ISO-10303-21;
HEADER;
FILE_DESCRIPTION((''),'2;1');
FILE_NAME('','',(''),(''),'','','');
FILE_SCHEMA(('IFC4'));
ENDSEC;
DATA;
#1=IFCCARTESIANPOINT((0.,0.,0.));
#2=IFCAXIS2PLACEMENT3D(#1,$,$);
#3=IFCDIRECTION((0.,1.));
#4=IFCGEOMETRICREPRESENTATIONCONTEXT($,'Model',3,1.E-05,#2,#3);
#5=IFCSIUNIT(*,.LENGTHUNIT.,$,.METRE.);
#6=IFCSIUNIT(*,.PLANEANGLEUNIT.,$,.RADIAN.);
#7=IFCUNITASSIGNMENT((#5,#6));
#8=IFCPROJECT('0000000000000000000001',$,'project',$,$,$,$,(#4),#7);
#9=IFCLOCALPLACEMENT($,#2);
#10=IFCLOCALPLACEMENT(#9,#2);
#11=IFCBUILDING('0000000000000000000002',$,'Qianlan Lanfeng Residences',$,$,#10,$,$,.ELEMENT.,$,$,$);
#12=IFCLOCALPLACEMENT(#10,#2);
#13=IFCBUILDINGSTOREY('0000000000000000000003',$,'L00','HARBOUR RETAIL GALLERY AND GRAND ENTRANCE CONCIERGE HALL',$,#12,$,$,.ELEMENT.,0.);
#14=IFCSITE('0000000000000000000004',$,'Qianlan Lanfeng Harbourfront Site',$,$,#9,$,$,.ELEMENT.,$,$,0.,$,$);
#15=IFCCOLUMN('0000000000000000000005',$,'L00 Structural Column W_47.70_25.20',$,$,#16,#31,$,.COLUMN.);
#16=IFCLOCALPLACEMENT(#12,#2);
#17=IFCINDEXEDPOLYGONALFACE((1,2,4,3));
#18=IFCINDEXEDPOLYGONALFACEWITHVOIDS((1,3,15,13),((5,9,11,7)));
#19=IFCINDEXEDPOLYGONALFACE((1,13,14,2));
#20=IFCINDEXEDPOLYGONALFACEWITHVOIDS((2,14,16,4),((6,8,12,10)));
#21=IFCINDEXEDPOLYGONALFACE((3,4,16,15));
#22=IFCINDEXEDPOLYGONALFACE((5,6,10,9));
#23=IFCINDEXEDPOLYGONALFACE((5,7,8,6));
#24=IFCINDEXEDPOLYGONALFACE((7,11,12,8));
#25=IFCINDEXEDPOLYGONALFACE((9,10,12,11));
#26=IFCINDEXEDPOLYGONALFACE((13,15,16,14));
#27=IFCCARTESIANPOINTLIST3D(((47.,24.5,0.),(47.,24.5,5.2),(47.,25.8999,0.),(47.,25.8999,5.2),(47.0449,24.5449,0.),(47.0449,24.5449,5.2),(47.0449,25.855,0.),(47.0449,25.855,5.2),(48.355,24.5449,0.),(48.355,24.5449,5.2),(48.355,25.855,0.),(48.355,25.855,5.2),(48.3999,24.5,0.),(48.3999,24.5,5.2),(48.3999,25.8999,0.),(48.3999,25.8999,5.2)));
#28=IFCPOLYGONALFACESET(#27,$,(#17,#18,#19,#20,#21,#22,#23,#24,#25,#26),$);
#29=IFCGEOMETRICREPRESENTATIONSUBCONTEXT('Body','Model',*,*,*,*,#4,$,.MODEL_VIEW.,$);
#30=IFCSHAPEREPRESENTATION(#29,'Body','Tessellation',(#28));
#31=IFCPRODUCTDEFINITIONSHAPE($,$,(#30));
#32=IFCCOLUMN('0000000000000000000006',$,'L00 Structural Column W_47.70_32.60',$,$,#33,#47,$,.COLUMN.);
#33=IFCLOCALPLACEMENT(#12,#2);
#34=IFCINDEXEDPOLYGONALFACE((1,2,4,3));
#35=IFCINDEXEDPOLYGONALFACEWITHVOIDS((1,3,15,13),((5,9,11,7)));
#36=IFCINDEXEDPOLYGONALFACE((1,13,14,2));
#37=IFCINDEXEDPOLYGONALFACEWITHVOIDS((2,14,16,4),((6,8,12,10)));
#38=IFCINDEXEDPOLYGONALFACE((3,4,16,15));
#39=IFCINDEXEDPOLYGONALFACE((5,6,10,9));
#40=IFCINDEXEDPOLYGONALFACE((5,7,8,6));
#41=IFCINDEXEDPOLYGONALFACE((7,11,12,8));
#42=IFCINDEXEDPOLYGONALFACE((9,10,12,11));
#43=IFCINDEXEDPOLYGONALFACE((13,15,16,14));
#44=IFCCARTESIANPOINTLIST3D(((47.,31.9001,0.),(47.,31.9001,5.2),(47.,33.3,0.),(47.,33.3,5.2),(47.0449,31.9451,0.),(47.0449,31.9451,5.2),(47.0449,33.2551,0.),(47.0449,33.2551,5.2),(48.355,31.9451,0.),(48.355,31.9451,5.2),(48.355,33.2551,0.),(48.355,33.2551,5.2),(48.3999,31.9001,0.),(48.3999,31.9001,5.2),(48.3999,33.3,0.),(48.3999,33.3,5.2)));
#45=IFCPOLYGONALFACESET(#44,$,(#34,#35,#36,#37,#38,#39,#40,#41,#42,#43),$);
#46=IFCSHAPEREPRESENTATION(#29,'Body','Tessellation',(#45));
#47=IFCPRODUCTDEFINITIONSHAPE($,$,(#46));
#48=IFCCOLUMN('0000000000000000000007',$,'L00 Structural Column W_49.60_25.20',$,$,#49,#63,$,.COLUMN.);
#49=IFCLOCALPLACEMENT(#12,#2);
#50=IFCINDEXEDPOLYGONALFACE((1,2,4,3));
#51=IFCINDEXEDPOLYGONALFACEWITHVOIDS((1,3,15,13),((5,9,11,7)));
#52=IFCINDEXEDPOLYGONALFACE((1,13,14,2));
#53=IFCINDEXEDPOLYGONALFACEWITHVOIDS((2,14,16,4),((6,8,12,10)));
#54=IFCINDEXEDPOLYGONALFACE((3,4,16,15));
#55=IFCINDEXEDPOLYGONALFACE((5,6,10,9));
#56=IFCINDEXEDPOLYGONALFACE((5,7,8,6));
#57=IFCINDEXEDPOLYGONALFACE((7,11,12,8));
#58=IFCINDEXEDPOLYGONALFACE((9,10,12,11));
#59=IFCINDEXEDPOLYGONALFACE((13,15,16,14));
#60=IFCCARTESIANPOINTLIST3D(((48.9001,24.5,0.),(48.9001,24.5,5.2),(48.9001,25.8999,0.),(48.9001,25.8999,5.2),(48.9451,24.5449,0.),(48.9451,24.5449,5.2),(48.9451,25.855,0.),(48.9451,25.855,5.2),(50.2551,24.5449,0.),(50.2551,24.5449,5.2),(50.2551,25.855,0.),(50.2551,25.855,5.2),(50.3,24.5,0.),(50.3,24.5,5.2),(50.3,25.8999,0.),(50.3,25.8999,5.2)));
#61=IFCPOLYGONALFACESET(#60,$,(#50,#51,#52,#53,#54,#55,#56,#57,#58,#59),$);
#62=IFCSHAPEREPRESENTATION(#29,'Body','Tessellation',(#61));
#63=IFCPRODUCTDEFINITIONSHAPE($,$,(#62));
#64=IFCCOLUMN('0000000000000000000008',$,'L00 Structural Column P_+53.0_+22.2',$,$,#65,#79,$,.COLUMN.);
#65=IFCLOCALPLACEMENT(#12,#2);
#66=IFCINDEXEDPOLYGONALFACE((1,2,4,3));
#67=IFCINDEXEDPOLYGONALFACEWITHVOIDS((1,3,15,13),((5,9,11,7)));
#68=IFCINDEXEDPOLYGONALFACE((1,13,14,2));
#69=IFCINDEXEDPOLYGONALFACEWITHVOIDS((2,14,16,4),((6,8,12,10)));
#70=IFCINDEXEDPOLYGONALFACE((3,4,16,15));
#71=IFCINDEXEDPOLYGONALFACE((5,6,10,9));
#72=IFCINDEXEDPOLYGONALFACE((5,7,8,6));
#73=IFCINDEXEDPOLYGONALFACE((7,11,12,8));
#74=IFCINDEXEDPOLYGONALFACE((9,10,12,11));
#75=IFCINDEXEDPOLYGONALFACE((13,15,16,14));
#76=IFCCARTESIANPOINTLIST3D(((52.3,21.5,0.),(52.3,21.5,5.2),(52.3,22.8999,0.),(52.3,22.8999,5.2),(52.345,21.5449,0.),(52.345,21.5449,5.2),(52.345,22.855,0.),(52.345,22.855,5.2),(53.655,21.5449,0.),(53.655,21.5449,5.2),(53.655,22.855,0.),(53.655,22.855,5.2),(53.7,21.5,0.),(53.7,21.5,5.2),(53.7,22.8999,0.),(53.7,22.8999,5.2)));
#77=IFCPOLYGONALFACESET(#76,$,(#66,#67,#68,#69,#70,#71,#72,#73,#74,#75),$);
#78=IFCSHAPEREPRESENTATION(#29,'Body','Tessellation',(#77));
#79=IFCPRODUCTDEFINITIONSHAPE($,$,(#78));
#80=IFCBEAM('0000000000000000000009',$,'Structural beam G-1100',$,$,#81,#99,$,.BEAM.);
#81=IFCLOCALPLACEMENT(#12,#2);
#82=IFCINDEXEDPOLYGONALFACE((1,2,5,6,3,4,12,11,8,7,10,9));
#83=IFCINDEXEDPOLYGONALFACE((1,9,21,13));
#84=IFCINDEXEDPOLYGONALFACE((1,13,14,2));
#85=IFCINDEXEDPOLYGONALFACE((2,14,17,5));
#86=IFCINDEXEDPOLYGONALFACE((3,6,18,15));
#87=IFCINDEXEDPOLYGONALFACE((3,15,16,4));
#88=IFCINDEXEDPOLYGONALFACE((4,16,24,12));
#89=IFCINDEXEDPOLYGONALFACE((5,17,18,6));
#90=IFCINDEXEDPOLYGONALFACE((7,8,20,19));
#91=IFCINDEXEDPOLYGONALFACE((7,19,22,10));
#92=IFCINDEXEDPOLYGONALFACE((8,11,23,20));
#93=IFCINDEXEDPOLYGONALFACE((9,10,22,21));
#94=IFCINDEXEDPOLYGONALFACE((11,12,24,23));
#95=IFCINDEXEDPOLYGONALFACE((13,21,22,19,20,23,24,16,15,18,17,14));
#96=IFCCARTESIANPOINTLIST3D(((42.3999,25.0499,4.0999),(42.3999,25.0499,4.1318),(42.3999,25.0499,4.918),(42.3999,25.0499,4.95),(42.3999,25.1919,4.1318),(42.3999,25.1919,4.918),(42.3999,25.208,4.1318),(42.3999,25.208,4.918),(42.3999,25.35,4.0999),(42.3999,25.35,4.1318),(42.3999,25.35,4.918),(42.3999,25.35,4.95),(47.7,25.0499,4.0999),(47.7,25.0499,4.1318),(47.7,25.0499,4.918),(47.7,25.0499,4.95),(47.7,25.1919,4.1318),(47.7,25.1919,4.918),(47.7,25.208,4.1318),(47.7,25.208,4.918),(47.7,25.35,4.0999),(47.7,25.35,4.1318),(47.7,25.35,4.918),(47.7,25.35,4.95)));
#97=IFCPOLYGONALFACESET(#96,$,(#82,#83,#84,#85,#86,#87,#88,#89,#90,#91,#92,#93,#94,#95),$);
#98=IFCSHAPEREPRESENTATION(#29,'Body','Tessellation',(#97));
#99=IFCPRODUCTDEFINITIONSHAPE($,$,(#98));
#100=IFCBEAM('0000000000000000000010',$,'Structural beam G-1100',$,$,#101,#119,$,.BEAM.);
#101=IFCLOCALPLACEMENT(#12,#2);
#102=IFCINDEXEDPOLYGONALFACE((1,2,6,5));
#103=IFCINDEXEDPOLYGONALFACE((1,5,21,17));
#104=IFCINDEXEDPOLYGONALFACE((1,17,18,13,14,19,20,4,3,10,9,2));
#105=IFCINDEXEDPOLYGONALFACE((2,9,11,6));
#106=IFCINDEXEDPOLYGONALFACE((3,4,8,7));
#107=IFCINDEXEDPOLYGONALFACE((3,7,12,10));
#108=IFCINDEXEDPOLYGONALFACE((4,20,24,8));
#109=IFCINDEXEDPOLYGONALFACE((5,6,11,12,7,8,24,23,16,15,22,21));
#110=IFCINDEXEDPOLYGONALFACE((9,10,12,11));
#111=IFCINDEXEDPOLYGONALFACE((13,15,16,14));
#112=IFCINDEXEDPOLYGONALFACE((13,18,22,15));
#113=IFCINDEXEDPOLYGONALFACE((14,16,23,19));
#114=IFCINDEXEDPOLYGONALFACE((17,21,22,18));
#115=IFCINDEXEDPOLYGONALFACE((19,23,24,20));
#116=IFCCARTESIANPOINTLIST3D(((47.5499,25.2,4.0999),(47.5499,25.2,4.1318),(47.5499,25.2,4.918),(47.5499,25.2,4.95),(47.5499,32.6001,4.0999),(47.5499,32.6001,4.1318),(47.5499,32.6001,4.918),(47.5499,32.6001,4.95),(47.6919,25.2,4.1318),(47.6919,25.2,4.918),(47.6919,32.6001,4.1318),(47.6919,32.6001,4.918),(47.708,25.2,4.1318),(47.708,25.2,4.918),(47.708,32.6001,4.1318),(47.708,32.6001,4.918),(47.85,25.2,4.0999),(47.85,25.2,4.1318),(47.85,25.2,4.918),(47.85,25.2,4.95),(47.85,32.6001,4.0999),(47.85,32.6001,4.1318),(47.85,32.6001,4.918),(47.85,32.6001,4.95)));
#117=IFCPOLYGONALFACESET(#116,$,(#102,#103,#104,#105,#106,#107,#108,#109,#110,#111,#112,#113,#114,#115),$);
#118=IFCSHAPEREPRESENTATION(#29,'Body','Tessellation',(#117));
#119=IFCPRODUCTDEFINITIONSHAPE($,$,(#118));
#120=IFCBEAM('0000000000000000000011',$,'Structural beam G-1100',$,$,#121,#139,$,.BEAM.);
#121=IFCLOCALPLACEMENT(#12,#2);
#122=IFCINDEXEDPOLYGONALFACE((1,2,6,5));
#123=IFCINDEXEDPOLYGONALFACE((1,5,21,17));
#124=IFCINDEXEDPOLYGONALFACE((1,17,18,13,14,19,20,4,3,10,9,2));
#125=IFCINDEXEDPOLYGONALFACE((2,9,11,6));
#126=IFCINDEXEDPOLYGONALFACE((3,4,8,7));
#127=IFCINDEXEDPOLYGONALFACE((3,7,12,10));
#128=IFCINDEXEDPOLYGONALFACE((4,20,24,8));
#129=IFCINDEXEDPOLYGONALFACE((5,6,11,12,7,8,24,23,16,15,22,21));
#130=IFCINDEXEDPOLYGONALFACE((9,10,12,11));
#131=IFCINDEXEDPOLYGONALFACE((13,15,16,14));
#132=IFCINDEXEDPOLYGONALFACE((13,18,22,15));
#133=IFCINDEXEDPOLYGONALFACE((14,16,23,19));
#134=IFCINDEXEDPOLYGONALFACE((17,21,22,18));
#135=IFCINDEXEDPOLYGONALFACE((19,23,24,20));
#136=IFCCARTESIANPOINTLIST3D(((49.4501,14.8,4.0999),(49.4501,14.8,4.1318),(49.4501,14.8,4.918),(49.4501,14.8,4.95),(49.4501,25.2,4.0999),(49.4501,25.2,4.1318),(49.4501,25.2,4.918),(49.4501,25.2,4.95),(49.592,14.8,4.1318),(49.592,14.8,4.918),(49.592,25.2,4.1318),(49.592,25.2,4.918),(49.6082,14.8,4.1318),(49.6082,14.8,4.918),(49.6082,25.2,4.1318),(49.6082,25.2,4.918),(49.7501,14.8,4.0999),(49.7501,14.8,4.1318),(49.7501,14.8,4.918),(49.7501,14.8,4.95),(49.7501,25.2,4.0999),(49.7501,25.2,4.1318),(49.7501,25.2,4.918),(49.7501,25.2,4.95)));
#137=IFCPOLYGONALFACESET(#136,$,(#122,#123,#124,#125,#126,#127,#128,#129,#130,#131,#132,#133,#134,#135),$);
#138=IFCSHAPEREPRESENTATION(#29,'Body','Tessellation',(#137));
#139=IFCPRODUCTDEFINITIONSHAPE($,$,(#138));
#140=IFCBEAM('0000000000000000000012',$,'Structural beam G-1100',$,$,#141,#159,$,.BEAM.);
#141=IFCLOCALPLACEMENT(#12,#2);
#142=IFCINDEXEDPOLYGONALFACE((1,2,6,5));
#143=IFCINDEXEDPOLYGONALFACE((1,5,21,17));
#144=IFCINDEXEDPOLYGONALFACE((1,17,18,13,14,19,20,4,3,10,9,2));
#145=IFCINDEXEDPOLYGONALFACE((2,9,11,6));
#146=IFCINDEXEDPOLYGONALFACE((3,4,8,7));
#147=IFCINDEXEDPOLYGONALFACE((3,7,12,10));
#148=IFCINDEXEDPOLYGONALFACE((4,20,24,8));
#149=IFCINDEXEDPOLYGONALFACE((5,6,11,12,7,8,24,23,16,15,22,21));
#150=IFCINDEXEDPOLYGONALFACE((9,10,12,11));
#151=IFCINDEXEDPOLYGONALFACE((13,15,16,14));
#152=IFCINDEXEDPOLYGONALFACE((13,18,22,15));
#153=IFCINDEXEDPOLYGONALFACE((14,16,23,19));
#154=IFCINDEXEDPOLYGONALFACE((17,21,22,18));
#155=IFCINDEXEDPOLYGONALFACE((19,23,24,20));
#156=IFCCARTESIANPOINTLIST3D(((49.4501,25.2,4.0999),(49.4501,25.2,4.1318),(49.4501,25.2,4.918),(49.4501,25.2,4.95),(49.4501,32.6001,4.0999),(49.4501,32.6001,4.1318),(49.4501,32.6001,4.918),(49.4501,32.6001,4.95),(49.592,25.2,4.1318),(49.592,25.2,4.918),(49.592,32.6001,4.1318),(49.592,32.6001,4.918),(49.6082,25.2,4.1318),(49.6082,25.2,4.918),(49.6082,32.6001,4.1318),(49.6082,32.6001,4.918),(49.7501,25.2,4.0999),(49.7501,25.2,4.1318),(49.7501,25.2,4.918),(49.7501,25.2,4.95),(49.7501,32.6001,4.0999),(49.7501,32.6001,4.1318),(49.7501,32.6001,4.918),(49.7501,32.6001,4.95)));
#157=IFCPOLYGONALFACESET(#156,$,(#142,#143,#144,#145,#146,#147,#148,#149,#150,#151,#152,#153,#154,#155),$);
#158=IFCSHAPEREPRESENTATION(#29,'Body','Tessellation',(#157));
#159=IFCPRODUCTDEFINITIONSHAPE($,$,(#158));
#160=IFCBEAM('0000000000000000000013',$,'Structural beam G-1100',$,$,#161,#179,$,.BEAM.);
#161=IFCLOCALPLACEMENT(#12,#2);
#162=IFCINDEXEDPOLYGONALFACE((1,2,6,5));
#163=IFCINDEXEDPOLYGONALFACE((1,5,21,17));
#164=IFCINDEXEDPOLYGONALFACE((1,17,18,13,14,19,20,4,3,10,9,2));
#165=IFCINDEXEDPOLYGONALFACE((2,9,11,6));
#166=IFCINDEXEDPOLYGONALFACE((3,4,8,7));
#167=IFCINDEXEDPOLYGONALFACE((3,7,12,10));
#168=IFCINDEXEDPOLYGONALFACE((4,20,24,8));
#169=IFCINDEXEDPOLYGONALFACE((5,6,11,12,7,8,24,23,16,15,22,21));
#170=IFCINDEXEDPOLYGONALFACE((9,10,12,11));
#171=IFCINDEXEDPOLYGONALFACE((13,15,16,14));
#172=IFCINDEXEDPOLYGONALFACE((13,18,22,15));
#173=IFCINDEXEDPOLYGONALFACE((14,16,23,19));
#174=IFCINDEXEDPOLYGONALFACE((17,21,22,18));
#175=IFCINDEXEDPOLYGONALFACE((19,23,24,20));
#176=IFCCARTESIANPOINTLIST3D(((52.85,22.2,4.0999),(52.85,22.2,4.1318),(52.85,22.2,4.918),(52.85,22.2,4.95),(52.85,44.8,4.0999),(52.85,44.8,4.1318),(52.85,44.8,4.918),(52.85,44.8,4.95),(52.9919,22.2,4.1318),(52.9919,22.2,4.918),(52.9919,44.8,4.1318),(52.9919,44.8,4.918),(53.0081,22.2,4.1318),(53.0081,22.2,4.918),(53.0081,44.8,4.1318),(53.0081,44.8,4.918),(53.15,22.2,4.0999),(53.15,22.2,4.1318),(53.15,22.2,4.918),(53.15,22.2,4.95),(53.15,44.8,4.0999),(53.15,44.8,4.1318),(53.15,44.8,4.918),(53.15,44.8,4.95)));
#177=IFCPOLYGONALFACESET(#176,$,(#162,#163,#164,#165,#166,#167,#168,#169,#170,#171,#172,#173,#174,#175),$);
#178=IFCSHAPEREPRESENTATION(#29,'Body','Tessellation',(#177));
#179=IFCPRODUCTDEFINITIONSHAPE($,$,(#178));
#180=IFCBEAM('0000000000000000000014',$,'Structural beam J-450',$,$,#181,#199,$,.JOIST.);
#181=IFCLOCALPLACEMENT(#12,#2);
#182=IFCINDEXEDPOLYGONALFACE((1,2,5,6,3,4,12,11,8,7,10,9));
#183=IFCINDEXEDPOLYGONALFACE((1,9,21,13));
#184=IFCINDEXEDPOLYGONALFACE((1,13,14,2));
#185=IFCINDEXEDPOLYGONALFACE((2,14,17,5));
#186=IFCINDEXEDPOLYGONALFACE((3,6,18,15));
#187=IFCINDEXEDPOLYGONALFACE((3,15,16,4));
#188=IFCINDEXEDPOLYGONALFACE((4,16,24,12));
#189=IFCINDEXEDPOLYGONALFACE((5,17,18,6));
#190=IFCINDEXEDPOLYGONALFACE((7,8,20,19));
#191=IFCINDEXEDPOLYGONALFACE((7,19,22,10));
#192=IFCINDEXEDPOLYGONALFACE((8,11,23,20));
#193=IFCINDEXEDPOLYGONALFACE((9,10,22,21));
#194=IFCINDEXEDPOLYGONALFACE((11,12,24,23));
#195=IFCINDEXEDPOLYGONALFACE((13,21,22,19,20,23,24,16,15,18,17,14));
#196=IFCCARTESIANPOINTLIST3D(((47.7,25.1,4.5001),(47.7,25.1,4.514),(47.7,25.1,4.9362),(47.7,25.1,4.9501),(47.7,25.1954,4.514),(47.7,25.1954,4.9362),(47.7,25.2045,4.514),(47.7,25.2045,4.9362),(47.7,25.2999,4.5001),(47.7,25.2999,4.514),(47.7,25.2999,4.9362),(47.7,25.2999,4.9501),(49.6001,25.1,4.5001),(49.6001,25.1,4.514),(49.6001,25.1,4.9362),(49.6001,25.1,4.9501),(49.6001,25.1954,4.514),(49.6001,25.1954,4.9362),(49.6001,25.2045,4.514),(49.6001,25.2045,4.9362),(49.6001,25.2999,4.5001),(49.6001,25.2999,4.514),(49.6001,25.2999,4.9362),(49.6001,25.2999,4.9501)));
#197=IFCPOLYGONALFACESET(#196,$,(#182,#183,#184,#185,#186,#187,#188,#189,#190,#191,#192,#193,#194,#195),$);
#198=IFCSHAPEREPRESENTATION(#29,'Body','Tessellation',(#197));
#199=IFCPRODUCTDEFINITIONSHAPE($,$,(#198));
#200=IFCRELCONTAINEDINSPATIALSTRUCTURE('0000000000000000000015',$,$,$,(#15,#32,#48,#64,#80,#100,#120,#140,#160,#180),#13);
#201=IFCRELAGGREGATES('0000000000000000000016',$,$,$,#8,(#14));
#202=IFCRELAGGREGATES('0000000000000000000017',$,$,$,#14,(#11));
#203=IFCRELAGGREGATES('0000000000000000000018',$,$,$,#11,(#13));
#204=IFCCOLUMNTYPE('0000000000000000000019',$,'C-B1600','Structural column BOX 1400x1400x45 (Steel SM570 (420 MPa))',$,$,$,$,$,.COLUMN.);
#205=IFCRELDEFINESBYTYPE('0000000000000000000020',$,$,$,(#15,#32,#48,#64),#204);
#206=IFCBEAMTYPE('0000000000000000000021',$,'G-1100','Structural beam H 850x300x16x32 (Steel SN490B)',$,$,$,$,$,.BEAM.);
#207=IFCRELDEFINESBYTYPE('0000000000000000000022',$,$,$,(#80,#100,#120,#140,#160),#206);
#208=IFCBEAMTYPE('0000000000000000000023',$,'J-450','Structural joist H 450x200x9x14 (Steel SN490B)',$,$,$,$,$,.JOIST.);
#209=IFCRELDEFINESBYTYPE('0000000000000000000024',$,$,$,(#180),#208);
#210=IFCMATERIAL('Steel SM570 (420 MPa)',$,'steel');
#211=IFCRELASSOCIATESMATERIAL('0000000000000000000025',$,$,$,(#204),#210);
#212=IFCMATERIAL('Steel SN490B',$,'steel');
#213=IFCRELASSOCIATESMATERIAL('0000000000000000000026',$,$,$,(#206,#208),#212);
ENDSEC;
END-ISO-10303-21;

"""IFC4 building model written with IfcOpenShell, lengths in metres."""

from ifc_helpers import new_model, si_unit, direction, frame, origin, origin_2d, place, context, subcontext, project, spatial, hollow_rectangle, i_section, extrude, material, material_profile, profile_set, type_object, element, save


model = new_model("IFC4")

# Units and contexts
model_context = context("Model", 3, precision=1e-05, world=origin(), true_north=direction((0.0, 1.0)))
body_context = subcontext(model_context, "Body", "Model", "MODEL_VIEW")
ifc_project = project(units=[si_unit("LENGTHUNIT", "METRE"), si_unit("PLANEANGLEUNIT", "RADIAN")], contexts=[model_context])

# Site, building, storey
site_placement = place(None, origin())
site = spatial("IfcSite", under=ifc_project, at=site_placement, Name="Qianlan Lanfeng Harbourfront Site", CompositionType="ELEMENT", RefElevation=0.0)
building_placement = place(site_placement, origin())
building = spatial("IfcBuilding", under=site, at=building_placement, Name="Qianlan Lanfeng Residences", CompositionType="ELEMENT")
storey_placement = place(building_placement, origin())
storey = spatial("IfcBuildingStorey", under=building, at=storey_placement, Name="L00", Description="HARBOUR RETAIL GALLERY AND GRAND ENTRANCE CONCIERGE HALL", CompositionType="ELEMENT", Elevation=0.0)

# Columns
ifc_material_1 = material(Name="Steel SM570 (420 MPa)", Category="steel")
ifc_material_profile_1 = material_profile(ifc_material_1, hollow_rectangle(XDim=1.3999, YDim=1.3999, WallThickness=0.0449, at=origin_2d()), Name="BOX 1400x1400x45")
ifc_profile_set_1 = profile_set([ifc_material_profile_1], Name="Steel SM570 (420 MPa)")
column_type = type_object("IfcColumnType", Name="C-B1600", Description="Structural column BOX 1400x1400x45 (Steel SM570 (420 MPa))", PredefinedType="COLUMN", material=ifc_profile_set_1)
for number, where, z_axis, x_axis, name in (
    (1, (47.7, 25.2, 0.0), (0.0, 0.0, 1.0), (1.0, 0.0, 0.0), "L00 Structural Column W_47.70_25.20"),
    (2, (47.7, 32.6001, 0.0), (0.0, 0.0, 1.0), (1.0, 0.0, 0.0), "L00 Structural Column W_47.70_32.60"),
    (3, (49.6001, 25.2, 0.0), (0.0, 0.0, 1.0), (1.0, 0.0, 0.0), "L00 Structural Column W_49.60_25.20"),
    (4, (53.0, 22.2, 0.0), (0.0, 0.0, 1.0), (1.0, 0.0, 0.0), "L00 Structural Column P_+53.0_+22.2"),
):
    element("IfcColumn", number, at=place(storey_placement, frame(where, z_axis=z_axis, x_axis=x_axis)), inside=storey, type_object=column_type, Name=name, PredefinedType="COLUMN", context=body_context, shape_type="SweptSolid", body=[
        extrude(hollow_rectangle(XDim=1.3999, YDim=1.3999, WallThickness=0.0449, at=origin_2d()), origin(), (0.0, 0.0, 1.0), 5.2),
    ])

# Beams
ifc_material_2 = material(Name="Steel SN490B", Category="steel")
ifc_material_profile_2 = material_profile(ifc_material_2, i_section(OverallWidth=0.3, OverallDepth=0.8501, WebThickness=0.0161, FlangeThickness=0.032, at=origin_2d()), Name="H 850x300x16x32")
ifc_profile_set_2 = profile_set([ifc_material_profile_2], Name="Steel SN490B")
beam_type_1 = type_object("IfcBeamType", Name="G-1100", Description="Structural beam H 850x300x16x32 (Steel SN490B)", PredefinedType="BEAM", material=ifc_profile_set_2)
beam_1_placement = place(storey_placement, frame((42.3999, 25.2, 4.5249), z_axis=(1.0, 0.0, 0.0), x_axis=(0.0, 1.0, 0.0)))
element("IfcBeam", 5, at=beam_1_placement, inside=storey, type_object=beam_type_1, Name="Structural beam G-1100", PredefinedType="BEAM", context=body_context, shape_type="SweptSolid", body=[
    extrude(i_section(OverallWidth=0.3, OverallDepth=0.8501, WebThickness=0.0161, FlangeThickness=0.032, at=origin_2d()), origin(), (0.0, 0.0, 1.0), 5.3),
])
beam_2_placement = place(storey_placement, frame((47.7, 25.2, 4.5249), z_axis=(0.0, 1.0, 0.0), x_axis=(-1.0, 0.0, 0.0)))
element("IfcBeam", 6, at=beam_2_placement, inside=storey, type_object=beam_type_1, Name="Structural beam G-1100", PredefinedType="BEAM", context=body_context, shape_type="SweptSolid", body=[
    extrude(i_section(OverallWidth=0.3, OverallDepth=0.8501, WebThickness=0.0161, FlangeThickness=0.032, at=origin_2d()), origin(), (0.0, 0.0, 1.0), 7.4001),
])
beam_3_placement = place(storey_placement, frame((49.6001, 14.8, 4.5249), z_axis=(0.0, 1.0, 0.0), x_axis=(-1.0, 0.0, 0.0)))
element("IfcBeam", 7, at=beam_3_placement, inside=storey, type_object=beam_type_1, Name="Structural beam G-1100", PredefinedType="BEAM", context=body_context, shape_type="SweptSolid", body=[
    extrude(i_section(OverallWidth=0.3, OverallDepth=0.8501, WebThickness=0.0161, FlangeThickness=0.032, at=origin_2d()), origin(), (0.0, 0.0, 1.0), 10.3999),
])
beam_4_placement = place(storey_placement, frame((49.6001, 25.2, 4.5249), z_axis=(0.0, 1.0, 0.0), x_axis=(-1.0, 0.0, 0.0)))
element("IfcBeam", 8, at=beam_4_placement, inside=storey, type_object=beam_type_1, Name="Structural beam G-1100", PredefinedType="BEAM", context=body_context, shape_type="SweptSolid", body=[
    extrude(i_section(OverallWidth=0.3, OverallDepth=0.8501, WebThickness=0.0161, FlangeThickness=0.032, at=origin_2d()), origin(), (0.0, 0.0, 1.0), 7.4001),
])
beam_5_placement = place(storey_placement, frame((53.0, 22.2, 4.5249), z_axis=(0.0, 1.0, 0.0), x_axis=(-1.0, 0.0, 0.0)))
element("IfcBeam", 9, at=beam_5_placement, inside=storey, type_object=beam_type_1, Name="Structural beam G-1100", PredefinedType="BEAM", context=body_context, shape_type="SweptSolid", body=[
    extrude(i_section(OverallWidth=0.3, OverallDepth=0.8501, WebThickness=0.0161, FlangeThickness=0.032, at=origin_2d()), origin(), (0.0, 0.0, 1.0), 22.6001),
])
ifc_material_profile_3 = material_profile(ifc_material_2, i_section(OverallWidth=0.2, OverallDepth=0.45, WebThickness=0.009, FlangeThickness=0.0139, at=origin_2d()), Name="H 450x200x9x14")
ifc_profile_set_3 = profile_set([ifc_material_profile_3], Name="Steel SN490B")
beam_type_2 = type_object("IfcBeamType", Name="J-450", Description="Structural joist H 450x200x9x14 (Steel SN490B)", PredefinedType="JOIST", material=ifc_profile_set_3)
for number, where, z_axis, x_axis, name in (
    (10, (47.7, 25.2, 4.7251), (1.0, 0.0, 0.0), (0.0, 1.0, 0.0), "Structural beam J-450"),
):
    element("IfcBeam", number, at=place(storey_placement, frame(where, z_axis=z_axis, x_axis=x_axis)), inside=storey, type_object=beam_type_2, Name=name, PredefinedType="JOIST", context=body_context, shape_type="SweptSolid", body=[
        extrude(i_section(OverallWidth=0.2, OverallDepth=0.45, WebThickness=0.009, FlangeThickness=0.0139, at=origin_2d()), origin(), (0.0, 0.0, 1.0), 1.9001),
    ])

save(model, "model.ifc")
